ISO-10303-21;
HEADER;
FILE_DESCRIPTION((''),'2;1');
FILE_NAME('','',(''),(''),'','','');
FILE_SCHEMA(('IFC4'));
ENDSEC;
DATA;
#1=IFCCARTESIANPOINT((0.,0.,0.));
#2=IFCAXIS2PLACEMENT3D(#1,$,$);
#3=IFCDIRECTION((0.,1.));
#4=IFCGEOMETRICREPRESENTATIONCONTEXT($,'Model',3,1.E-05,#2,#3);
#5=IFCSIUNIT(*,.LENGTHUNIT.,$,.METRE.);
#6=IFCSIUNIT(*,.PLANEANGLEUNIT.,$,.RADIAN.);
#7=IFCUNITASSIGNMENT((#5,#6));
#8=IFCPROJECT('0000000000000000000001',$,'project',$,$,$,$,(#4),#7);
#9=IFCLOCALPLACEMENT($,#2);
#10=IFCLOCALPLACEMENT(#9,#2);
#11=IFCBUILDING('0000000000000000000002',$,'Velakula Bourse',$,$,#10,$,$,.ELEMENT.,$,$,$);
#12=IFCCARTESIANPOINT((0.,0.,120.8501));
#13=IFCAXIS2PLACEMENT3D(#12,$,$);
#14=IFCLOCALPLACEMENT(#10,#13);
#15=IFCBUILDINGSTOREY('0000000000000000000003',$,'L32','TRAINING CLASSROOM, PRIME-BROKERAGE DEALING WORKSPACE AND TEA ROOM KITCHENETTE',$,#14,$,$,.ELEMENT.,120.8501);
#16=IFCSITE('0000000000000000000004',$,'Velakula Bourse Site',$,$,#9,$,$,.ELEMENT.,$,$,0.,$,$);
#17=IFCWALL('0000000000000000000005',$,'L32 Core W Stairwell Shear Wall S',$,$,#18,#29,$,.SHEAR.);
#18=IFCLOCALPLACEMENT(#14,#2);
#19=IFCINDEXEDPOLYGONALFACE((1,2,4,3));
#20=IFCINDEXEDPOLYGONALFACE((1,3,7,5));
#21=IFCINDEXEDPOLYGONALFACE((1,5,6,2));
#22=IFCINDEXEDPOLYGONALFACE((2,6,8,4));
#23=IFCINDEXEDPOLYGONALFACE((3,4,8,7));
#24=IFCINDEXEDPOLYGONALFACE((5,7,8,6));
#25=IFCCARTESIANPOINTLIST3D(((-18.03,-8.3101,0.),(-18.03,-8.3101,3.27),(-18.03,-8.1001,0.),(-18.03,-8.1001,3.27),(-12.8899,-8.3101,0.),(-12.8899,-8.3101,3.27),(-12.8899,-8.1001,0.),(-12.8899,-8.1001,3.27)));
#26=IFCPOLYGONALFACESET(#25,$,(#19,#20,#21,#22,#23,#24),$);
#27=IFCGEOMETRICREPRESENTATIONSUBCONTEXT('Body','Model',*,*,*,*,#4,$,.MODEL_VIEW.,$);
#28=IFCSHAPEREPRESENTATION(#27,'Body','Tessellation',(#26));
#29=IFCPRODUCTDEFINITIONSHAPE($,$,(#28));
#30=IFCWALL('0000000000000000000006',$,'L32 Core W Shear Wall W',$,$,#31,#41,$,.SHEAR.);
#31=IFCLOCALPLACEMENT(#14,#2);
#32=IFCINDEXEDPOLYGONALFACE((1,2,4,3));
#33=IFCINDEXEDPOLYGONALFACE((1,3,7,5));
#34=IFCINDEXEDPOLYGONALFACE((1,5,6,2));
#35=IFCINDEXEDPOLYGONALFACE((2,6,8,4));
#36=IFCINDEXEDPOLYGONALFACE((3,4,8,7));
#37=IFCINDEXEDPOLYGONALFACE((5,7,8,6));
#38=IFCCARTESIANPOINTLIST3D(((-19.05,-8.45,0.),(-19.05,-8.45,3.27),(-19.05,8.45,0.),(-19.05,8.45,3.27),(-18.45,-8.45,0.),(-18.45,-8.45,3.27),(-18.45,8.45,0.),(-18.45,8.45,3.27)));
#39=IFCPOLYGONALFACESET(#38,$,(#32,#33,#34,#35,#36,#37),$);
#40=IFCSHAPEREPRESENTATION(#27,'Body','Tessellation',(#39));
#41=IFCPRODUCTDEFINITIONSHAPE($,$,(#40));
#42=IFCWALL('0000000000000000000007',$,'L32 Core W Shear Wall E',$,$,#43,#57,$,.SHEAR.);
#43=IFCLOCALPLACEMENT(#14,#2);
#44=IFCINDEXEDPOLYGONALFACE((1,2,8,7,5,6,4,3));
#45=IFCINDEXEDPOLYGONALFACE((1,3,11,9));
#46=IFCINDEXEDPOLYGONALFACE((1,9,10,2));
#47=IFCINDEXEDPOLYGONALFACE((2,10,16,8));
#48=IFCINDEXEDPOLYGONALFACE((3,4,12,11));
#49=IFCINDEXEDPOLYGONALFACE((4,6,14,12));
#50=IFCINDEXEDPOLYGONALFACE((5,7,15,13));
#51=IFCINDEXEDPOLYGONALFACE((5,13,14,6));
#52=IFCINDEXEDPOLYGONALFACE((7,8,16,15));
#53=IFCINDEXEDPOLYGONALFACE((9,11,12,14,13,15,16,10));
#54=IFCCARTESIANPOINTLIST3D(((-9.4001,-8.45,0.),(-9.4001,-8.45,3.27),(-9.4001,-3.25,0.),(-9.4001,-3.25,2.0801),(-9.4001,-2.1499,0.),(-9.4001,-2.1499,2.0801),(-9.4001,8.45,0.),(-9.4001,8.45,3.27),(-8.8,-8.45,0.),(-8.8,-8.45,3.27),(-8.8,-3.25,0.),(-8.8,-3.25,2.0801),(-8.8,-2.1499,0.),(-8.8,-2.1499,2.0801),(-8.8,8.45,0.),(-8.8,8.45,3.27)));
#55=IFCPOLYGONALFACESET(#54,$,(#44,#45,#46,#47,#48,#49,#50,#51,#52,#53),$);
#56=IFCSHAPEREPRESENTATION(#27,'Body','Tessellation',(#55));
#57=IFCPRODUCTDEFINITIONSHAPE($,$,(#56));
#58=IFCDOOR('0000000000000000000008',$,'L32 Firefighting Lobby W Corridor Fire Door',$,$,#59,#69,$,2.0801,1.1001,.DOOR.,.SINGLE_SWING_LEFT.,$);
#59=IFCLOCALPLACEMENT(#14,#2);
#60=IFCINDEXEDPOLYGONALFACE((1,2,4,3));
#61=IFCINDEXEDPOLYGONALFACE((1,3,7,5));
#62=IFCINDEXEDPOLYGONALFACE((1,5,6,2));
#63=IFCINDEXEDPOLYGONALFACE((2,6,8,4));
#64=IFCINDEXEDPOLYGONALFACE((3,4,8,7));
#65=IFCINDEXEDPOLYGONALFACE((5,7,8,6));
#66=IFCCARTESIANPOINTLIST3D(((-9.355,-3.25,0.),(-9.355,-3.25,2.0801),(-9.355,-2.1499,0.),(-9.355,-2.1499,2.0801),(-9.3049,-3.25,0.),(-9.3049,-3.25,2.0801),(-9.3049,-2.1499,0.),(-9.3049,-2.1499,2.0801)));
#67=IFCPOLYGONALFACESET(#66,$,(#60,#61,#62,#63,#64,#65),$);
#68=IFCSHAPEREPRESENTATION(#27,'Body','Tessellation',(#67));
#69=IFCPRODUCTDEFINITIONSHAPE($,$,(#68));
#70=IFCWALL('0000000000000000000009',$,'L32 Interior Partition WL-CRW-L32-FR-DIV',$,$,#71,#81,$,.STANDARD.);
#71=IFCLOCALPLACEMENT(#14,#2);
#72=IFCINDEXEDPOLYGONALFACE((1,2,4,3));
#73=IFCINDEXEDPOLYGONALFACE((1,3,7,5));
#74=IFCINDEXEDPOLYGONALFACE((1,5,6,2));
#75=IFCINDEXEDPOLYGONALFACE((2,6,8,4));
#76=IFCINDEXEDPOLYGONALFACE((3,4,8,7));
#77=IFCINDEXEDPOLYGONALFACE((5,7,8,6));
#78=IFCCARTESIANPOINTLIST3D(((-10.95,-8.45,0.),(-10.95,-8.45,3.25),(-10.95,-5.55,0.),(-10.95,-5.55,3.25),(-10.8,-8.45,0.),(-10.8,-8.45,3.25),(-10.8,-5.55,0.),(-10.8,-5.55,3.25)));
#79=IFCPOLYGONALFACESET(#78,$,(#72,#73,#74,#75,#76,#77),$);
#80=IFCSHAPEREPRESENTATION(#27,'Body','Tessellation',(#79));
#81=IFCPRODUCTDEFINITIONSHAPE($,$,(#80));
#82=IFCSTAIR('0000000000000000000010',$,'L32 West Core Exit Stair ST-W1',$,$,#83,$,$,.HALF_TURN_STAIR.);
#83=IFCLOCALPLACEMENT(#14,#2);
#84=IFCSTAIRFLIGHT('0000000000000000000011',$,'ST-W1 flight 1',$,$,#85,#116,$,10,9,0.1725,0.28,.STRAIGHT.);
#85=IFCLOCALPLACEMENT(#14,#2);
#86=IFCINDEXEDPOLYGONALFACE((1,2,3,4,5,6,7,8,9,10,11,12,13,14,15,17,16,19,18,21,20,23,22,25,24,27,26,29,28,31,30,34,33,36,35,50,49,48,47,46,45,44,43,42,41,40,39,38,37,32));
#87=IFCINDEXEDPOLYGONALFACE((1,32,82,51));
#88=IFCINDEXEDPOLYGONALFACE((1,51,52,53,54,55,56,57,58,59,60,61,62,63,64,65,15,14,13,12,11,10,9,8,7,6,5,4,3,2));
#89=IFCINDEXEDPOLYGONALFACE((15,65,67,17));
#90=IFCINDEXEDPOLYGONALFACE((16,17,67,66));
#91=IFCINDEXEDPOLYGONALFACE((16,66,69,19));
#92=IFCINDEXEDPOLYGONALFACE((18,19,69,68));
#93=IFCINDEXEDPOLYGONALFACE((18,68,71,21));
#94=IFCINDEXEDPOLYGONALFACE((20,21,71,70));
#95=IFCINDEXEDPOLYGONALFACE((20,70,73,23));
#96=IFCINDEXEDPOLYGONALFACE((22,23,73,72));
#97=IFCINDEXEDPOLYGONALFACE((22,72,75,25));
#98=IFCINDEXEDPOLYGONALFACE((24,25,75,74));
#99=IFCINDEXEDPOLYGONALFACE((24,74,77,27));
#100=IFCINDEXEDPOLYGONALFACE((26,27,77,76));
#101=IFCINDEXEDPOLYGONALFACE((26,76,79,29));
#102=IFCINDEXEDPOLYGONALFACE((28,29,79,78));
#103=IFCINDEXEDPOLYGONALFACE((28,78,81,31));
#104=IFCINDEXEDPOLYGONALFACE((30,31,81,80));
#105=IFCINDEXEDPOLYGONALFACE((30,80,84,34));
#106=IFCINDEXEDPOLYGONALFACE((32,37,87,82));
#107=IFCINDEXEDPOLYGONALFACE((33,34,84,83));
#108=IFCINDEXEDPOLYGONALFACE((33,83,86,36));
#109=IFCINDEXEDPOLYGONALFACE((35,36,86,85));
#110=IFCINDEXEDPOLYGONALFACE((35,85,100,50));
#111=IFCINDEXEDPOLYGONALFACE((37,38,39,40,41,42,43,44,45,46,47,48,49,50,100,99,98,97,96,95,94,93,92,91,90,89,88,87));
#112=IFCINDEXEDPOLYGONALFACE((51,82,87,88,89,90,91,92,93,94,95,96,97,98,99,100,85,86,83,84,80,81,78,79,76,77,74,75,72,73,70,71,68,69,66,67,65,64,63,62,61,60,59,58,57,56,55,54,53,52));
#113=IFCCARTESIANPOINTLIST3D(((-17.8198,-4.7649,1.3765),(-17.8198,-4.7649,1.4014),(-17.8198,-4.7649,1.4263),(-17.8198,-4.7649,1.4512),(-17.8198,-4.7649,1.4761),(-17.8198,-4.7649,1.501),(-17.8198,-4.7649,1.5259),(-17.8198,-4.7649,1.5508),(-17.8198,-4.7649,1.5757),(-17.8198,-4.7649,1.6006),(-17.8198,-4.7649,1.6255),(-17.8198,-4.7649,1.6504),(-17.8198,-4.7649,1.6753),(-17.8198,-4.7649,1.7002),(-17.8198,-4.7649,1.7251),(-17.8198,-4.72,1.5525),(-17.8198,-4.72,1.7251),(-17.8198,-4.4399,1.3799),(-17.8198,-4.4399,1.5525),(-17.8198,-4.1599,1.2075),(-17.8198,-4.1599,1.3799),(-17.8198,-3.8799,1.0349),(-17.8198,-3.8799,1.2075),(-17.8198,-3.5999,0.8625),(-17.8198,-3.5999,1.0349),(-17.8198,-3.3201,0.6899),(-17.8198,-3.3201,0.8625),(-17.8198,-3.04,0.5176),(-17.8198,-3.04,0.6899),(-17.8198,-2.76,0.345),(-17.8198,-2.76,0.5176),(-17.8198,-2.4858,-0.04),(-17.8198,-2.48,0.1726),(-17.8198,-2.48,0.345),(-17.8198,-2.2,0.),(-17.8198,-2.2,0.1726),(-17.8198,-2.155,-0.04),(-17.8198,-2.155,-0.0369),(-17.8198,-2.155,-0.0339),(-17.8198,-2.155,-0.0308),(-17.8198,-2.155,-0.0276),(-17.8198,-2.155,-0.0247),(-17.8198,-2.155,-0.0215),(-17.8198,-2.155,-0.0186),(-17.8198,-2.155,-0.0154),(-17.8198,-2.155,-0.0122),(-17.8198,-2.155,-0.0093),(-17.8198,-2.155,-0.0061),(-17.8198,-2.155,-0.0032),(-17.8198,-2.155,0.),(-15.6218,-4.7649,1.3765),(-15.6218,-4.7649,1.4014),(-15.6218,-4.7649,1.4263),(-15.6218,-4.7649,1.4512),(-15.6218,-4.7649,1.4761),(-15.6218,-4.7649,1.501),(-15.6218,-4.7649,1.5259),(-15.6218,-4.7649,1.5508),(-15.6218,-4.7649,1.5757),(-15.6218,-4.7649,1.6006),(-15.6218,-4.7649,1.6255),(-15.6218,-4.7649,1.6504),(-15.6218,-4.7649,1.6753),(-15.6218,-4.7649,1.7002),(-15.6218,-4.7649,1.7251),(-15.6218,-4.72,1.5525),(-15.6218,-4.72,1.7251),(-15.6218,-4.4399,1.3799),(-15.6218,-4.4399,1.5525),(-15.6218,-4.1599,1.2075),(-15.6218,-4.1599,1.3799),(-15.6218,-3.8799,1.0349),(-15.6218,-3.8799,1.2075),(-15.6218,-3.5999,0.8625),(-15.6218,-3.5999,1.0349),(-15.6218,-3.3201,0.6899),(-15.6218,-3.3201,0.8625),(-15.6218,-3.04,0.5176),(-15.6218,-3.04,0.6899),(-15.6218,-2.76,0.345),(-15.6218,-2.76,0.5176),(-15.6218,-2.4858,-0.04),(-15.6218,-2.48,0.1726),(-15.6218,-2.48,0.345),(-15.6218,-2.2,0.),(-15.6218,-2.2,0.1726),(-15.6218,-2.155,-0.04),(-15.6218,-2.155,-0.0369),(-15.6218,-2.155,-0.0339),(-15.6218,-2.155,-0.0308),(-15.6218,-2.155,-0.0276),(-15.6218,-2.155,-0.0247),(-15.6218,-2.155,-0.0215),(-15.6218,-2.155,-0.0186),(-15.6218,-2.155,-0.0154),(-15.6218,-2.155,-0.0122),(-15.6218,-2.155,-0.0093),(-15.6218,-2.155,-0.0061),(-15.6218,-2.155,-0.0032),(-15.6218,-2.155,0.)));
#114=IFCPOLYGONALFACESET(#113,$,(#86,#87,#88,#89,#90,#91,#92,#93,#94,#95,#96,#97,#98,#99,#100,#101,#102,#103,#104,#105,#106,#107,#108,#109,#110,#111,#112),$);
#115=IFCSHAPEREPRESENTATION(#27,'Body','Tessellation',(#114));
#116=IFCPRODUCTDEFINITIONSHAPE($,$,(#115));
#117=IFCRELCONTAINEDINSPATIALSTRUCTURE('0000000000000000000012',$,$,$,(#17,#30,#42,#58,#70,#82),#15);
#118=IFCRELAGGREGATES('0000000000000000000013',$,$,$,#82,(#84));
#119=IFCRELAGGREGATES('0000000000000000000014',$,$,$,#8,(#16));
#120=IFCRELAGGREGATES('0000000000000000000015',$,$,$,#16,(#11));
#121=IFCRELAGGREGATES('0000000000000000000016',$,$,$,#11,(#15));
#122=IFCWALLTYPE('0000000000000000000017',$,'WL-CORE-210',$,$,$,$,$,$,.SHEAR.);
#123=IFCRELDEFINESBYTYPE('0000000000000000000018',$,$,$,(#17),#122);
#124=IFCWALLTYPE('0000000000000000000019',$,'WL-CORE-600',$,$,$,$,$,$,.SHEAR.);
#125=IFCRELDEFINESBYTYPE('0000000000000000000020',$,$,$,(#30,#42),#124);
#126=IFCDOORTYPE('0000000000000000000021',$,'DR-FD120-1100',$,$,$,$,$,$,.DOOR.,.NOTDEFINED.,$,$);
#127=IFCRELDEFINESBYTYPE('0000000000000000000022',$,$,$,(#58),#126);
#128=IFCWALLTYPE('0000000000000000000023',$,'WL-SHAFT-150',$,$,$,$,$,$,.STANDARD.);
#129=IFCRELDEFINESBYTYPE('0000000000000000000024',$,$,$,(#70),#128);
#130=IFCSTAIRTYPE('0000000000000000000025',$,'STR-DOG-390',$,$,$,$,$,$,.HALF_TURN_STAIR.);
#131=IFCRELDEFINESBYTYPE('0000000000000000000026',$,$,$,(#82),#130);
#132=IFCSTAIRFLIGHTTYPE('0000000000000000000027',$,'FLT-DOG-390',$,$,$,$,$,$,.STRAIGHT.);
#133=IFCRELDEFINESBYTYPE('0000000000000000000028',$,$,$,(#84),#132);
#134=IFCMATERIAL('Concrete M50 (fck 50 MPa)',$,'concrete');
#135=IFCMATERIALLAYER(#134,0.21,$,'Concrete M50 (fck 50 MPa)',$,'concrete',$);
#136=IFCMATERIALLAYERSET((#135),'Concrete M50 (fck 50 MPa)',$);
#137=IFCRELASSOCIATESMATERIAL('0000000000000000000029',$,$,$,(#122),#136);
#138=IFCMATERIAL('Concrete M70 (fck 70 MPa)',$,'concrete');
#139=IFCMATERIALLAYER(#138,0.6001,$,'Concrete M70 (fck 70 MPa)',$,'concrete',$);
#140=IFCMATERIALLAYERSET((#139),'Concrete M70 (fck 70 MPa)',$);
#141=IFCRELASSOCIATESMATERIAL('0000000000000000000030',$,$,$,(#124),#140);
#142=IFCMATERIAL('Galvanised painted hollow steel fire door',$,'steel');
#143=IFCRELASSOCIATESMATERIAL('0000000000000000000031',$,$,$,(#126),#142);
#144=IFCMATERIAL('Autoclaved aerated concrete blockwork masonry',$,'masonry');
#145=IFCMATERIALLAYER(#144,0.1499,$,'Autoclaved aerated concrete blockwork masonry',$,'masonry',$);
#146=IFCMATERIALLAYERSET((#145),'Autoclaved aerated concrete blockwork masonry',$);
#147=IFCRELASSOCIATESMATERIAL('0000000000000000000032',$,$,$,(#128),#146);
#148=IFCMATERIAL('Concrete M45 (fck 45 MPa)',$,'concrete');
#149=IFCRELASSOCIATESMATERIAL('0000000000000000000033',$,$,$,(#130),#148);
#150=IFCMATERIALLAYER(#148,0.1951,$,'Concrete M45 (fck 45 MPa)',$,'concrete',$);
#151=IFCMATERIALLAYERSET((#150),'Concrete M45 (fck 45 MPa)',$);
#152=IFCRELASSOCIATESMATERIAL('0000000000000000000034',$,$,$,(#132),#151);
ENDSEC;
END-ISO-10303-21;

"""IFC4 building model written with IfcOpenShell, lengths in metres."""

from ifc_helpers import new_model, si_unit, direction, frame, frame_2d, origin, place, context, subcontext, project, spatial, polyline, rectangle, outline, extrude, material, layer, layer_set, type_object, element, fill, aggregate, save


model = new_model("IFC4")

# Units and contexts
model_context = context("Model", 3, precision=1e-05, world=origin(), true_north=direction((0.0, 1.0)))
body_context = subcontext(model_context, "Body", "Model", "MODEL_VIEW")
ifc_project = project(units=[si_unit("LENGTHUNIT", "METRE"), si_unit("PLANEANGLEUNIT", "RADIAN")], contexts=[model_context])

# Site, building, storey
site_placement = place(None, origin())
site = spatial("IfcSite", under=ifc_project, at=site_placement, Name="Velakula Bourse Site", CompositionType="ELEMENT", RefElevation=0.0)
building_placement = place(site_placement, origin())
building = spatial("IfcBuilding", under=site, at=building_placement, Name="Velakula Bourse", CompositionType="ELEMENT")
storey_placement = place(building_placement, frame((0.0, 0.0, 120.8501)))
storey = spatial("IfcBuildingStorey", under=building, at=storey_placement, Name="L32", Description="TRAINING CLASSROOM, PRIME-BROKERAGE DEALING WORKSPACE AND TEA ROOM KITCHENETTE", CompositionType="ELEMENT", Elevation=120.8501)

# Shared definitions
ifc_material_1 = material(Name="Concrete M70 (fck 70 MPa)", Category="concrete")

# Shared definitions
ifc_material_2 = material(Name="Concrete M50 (fck 50 MPa)", Category="concrete")
ifc_layer_1 = layer(ifc_material_2, 0.21, Name="Concrete M50 (fck 50 MPa)", Category="concrete")
ifc_layer_set_1 = layer_set([ifc_layer_1], Name="Concrete M50 (fck 50 MPa)")
wall_type_1 = type_object("IfcWallType", Name="WL-CORE-210", PredefinedType="SHEAR", material=ifc_layer_set_1)
ifc_material_3 = material(Name="Galvanised painted hollow steel fire door", Category="steel")

# Walls
wall_1_placement = place(storey_placement, frame((-18.03, -8.2051, 0.0), z_axis=(0.0, 0.0, 1.0), x_axis=(1.0, 0.0, 0.0)))
element("IfcWall", 1, at=wall_1_placement, inside=storey, type_object=wall_type_1, Name="L32 Core W Stairwell Shear Wall S", PredefinedType="SHEAR", context=body_context, shape_type="SweptSolid", body=[
    extrude(rectangle(XDim=5.1401, YDim=0.21, at=frame_2d((2.5701, 0.0))), origin(), (0.0, 0.0, 1.0), 3.27),
])
ifc_layer_2 = layer(ifc_material_1, 0.6001, Name="Concrete M70 (fck 70 MPa)", Category="concrete")
ifc_layer_set_2 = layer_set([ifc_layer_2], Name="Concrete M70 (fck 70 MPa)")
wall_type_2 = type_object("IfcWallType", Name="WL-CORE-600", PredefinedType="SHEAR", material=ifc_layer_set_2)
wall_2_placement = place(storey_placement, frame((-18.75, -8.45, 0.0), z_axis=(0.0, 0.0, 1.0), x_axis=(0.0, 1.0, 0.0)))
element("IfcWall", 2, at=wall_2_placement, inside=storey, type_object=wall_type_2, Name="L32 Core W Shear Wall W", PredefinedType="SHEAR", context=body_context, shape_type="SweptSolid", body=[
    extrude(rectangle(XDim=16.8999, YDim=0.6001, at=frame_2d((8.45, 0.0))), origin(), (0.0, 0.0, 1.0), 3.27),
])

# Wall, opening, door
wall_3_placement = place(storey_placement, frame((-9.1001, -8.45, 0.0), z_axis=(0.0, 0.0, 1.0), x_axis=(0.0, 1.0, 0.0)))
wall_3 = element("IfcWall", 3, at=wall_3_placement, inside=storey, type_object=wall_type_2, Name="L32 Core W Shear Wall E", PredefinedType="SHEAR", context=body_context, shape_type="SweptSolid", body=[
    extrude(rectangle(XDim=16.8999, YDim=0.6001, at=frame_2d((8.45, 0.0))), origin(), (0.0, 0.0, 1.0), 3.27),
])
opening_1_placement = place(wall_3_placement, frame((5.2, 0.0, 0.0)))
opening_1 = element("IfcOpeningElement", 4, at=opening_1_placement, cuts=wall_3, PredefinedType="OPENING", context=body_context, shape_type="SweptSolid", body=[
    extrude(rectangle(XDim=1.1001, YDim=2.0801, at=frame_2d((0.55, 1.04))), frame((0.0, 0.3101, 0.0), z_axis=(0.0, -1.0, 0.0), x_axis=(1.0, 0.0, 0.0)), (0.0, 0.0, 1.0), 0.6201),
])
door_type_1 = type_object("IfcDoorType", Name="DR-FD120-1100", OperationType="NOTDEFINED", PredefinedType="DOOR", material=ifc_material_3)
door_1_placement = place(opening_1_placement, origin())
door_1 = element("IfcDoor", 5, at=door_1_placement, inside=storey, type_object=door_type_1, Name="L32 Firefighting Lobby W Corridor Fire Door", OperationType="SINGLE_SWING_LEFT", OverallHeight=2.0801, OverallWidth=1.1001, PredefinedType="DOOR", context=body_context, shape_type="SweptSolid", body=[
    extrude(rectangle(XDim=1.1001, YDim=2.0801, at=frame_2d((0.55, 1.04))), frame((0.0, 0.2549, 0.0), z_axis=(0.0, -1.0, 0.0), x_axis=(1.0, 0.0, 0.0)), (0.0, 0.0, 1.0), 0.05),
])
fill(opening_1, door_1)

# Shared definitions
ifc_material_4 = material(Name="Autoclaved aerated concrete blockwork masonry", Category="masonry")
ifc_layer_3 = layer(ifc_material_4, 0.1499, Name="Autoclaved aerated concrete blockwork masonry", Category="masonry")
ifc_layer_set_3 = layer_set([ifc_layer_3], Name="Autoclaved aerated concrete blockwork masonry")
wall_type_3 = type_object("IfcWallType", Name="WL-SHAFT-150", PredefinedType="STANDARD", material=ifc_layer_set_3)

# Wall
wall_4_placement = place(storey_placement, frame((-10.875, -8.45, 0.0), z_axis=(0.0, 0.0, 1.0), x_axis=(0.0, 1.0, 0.0)))
element("IfcWall", 6, at=wall_4_placement, inside=storey, type_object=wall_type_3, Name="L32 Interior Partition WL-CRW-L32-FR-DIV", PredefinedType="STANDARD", context=body_context, shape_type="SweptSolid", body=[
    extrude(rectangle(XDim=2.8999, YDim=0.1499, at=frame_2d((1.45, 0.0))), origin(), (0.0, 0.0, 1.0), 3.25),
])

# Stair, stair flight
ifc_material_5 = material(Name="Concrete M45 (fck 45 MPa)", Category="concrete")
stair_type = type_object("IfcStairType", Name="STR-DOG-390", PredefinedType="HALF_TURN_STAIR", material=ifc_material_5)
stair_placement = place(storey_placement, origin())
stair = element("IfcStair", 7, at=stair_placement, inside=storey, type_object=stair_type, Name="L32 West Core Exit Stair ST-W1", PredefinedType="HALF_TURN_STAIR")
ifc_layer_4 = layer(ifc_material_5, 0.1951, Name="Concrete M45 (fck 45 MPa)", Category="concrete")
ifc_layer_set_4 = layer_set([ifc_layer_4], Name="Concrete M45 (fck 45 MPa)")
stair_flight_type = type_object("IfcStairFlightType", Name="FLT-DOG-390", PredefinedType="STRAIGHT", material=ifc_layer_set_4)
stair_flight_1_placement = place(storey_placement, frame((-16.7209, -2.2, 0.0), z_axis=(0.0, 0.0, 1.0), x_axis=(0.0, -1.0, 0.0)))
stair_flight_1 = element("IfcStairFlight", 8, at=stair_flight_1_placement, type_object=stair_flight_type, Name="ST-W1 flight 1", NumberOfRisers=10, NumberOfTreads=9, PredefinedType="STRAIGHT", RiserHeight=0.1725, TreadLength=0.28, context=body_context, shape_type="SweptSolid", body=[
    extrude(outline(polyline([(-0.0449, -0.04), (-0.0449, -0.0369), (-0.0449, -0.0339), (-0.0449, -0.0308), (-0.0449, -0.0276), (-0.0449, -0.0247), (-0.0449, -0.0215), (-0.0449, -0.0186), (-0.0449, -0.0154), (-0.0449, -0.0122), (-0.0449, -0.0093), (-0.0449, -0.0061), (-0.0449, -0.0032), (-0.0449, 0.0), (0.0, 0.0), (0.0, 0.1726), (0.28, 0.1726), (0.28, 0.345), (0.5601, 0.345), (0.5601, 0.5176), (0.8401, 0.5176), (0.8401, 0.6899), (1.1201, 0.6899), (1.1201, 0.8625), (1.3999, 0.8625), (1.3999, 1.0349), (1.6799, 1.0349), (1.6799, 1.2075), (1.96, 1.2075), (1.96, 1.3799), (2.24, 1.3799), (2.24, 1.5525), (2.52, 1.5525), (2.52, 1.7251), (2.5649, 1.7251), (2.5649, 1.7002), (2.5649, 1.6753), (2.5649, 1.6504), (2.5649, 1.6255), (2.5649, 1.6006), (2.5649, 1.5757), (2.5649, 1.5508), (2.5649, 1.5259), (2.5649, 1.501), (2.5649, 1.4761), (2.5649, 1.4512), (2.5649, 1.4263), (2.5649, 1.4014), (2.5649, 1.3765), (0.2859, -0.04), (-0.0449, -0.04)])), frame((0.0, 1.0991, 0.0), z_axis=(0.0, -1.0, 0.0), x_axis=(1.0, 0.0, 0.0)), (0.0, 0.0, 1.0), 2.198),
])
aggregate(stair, [stair_flight_1])

save(model, "model.ifc")
